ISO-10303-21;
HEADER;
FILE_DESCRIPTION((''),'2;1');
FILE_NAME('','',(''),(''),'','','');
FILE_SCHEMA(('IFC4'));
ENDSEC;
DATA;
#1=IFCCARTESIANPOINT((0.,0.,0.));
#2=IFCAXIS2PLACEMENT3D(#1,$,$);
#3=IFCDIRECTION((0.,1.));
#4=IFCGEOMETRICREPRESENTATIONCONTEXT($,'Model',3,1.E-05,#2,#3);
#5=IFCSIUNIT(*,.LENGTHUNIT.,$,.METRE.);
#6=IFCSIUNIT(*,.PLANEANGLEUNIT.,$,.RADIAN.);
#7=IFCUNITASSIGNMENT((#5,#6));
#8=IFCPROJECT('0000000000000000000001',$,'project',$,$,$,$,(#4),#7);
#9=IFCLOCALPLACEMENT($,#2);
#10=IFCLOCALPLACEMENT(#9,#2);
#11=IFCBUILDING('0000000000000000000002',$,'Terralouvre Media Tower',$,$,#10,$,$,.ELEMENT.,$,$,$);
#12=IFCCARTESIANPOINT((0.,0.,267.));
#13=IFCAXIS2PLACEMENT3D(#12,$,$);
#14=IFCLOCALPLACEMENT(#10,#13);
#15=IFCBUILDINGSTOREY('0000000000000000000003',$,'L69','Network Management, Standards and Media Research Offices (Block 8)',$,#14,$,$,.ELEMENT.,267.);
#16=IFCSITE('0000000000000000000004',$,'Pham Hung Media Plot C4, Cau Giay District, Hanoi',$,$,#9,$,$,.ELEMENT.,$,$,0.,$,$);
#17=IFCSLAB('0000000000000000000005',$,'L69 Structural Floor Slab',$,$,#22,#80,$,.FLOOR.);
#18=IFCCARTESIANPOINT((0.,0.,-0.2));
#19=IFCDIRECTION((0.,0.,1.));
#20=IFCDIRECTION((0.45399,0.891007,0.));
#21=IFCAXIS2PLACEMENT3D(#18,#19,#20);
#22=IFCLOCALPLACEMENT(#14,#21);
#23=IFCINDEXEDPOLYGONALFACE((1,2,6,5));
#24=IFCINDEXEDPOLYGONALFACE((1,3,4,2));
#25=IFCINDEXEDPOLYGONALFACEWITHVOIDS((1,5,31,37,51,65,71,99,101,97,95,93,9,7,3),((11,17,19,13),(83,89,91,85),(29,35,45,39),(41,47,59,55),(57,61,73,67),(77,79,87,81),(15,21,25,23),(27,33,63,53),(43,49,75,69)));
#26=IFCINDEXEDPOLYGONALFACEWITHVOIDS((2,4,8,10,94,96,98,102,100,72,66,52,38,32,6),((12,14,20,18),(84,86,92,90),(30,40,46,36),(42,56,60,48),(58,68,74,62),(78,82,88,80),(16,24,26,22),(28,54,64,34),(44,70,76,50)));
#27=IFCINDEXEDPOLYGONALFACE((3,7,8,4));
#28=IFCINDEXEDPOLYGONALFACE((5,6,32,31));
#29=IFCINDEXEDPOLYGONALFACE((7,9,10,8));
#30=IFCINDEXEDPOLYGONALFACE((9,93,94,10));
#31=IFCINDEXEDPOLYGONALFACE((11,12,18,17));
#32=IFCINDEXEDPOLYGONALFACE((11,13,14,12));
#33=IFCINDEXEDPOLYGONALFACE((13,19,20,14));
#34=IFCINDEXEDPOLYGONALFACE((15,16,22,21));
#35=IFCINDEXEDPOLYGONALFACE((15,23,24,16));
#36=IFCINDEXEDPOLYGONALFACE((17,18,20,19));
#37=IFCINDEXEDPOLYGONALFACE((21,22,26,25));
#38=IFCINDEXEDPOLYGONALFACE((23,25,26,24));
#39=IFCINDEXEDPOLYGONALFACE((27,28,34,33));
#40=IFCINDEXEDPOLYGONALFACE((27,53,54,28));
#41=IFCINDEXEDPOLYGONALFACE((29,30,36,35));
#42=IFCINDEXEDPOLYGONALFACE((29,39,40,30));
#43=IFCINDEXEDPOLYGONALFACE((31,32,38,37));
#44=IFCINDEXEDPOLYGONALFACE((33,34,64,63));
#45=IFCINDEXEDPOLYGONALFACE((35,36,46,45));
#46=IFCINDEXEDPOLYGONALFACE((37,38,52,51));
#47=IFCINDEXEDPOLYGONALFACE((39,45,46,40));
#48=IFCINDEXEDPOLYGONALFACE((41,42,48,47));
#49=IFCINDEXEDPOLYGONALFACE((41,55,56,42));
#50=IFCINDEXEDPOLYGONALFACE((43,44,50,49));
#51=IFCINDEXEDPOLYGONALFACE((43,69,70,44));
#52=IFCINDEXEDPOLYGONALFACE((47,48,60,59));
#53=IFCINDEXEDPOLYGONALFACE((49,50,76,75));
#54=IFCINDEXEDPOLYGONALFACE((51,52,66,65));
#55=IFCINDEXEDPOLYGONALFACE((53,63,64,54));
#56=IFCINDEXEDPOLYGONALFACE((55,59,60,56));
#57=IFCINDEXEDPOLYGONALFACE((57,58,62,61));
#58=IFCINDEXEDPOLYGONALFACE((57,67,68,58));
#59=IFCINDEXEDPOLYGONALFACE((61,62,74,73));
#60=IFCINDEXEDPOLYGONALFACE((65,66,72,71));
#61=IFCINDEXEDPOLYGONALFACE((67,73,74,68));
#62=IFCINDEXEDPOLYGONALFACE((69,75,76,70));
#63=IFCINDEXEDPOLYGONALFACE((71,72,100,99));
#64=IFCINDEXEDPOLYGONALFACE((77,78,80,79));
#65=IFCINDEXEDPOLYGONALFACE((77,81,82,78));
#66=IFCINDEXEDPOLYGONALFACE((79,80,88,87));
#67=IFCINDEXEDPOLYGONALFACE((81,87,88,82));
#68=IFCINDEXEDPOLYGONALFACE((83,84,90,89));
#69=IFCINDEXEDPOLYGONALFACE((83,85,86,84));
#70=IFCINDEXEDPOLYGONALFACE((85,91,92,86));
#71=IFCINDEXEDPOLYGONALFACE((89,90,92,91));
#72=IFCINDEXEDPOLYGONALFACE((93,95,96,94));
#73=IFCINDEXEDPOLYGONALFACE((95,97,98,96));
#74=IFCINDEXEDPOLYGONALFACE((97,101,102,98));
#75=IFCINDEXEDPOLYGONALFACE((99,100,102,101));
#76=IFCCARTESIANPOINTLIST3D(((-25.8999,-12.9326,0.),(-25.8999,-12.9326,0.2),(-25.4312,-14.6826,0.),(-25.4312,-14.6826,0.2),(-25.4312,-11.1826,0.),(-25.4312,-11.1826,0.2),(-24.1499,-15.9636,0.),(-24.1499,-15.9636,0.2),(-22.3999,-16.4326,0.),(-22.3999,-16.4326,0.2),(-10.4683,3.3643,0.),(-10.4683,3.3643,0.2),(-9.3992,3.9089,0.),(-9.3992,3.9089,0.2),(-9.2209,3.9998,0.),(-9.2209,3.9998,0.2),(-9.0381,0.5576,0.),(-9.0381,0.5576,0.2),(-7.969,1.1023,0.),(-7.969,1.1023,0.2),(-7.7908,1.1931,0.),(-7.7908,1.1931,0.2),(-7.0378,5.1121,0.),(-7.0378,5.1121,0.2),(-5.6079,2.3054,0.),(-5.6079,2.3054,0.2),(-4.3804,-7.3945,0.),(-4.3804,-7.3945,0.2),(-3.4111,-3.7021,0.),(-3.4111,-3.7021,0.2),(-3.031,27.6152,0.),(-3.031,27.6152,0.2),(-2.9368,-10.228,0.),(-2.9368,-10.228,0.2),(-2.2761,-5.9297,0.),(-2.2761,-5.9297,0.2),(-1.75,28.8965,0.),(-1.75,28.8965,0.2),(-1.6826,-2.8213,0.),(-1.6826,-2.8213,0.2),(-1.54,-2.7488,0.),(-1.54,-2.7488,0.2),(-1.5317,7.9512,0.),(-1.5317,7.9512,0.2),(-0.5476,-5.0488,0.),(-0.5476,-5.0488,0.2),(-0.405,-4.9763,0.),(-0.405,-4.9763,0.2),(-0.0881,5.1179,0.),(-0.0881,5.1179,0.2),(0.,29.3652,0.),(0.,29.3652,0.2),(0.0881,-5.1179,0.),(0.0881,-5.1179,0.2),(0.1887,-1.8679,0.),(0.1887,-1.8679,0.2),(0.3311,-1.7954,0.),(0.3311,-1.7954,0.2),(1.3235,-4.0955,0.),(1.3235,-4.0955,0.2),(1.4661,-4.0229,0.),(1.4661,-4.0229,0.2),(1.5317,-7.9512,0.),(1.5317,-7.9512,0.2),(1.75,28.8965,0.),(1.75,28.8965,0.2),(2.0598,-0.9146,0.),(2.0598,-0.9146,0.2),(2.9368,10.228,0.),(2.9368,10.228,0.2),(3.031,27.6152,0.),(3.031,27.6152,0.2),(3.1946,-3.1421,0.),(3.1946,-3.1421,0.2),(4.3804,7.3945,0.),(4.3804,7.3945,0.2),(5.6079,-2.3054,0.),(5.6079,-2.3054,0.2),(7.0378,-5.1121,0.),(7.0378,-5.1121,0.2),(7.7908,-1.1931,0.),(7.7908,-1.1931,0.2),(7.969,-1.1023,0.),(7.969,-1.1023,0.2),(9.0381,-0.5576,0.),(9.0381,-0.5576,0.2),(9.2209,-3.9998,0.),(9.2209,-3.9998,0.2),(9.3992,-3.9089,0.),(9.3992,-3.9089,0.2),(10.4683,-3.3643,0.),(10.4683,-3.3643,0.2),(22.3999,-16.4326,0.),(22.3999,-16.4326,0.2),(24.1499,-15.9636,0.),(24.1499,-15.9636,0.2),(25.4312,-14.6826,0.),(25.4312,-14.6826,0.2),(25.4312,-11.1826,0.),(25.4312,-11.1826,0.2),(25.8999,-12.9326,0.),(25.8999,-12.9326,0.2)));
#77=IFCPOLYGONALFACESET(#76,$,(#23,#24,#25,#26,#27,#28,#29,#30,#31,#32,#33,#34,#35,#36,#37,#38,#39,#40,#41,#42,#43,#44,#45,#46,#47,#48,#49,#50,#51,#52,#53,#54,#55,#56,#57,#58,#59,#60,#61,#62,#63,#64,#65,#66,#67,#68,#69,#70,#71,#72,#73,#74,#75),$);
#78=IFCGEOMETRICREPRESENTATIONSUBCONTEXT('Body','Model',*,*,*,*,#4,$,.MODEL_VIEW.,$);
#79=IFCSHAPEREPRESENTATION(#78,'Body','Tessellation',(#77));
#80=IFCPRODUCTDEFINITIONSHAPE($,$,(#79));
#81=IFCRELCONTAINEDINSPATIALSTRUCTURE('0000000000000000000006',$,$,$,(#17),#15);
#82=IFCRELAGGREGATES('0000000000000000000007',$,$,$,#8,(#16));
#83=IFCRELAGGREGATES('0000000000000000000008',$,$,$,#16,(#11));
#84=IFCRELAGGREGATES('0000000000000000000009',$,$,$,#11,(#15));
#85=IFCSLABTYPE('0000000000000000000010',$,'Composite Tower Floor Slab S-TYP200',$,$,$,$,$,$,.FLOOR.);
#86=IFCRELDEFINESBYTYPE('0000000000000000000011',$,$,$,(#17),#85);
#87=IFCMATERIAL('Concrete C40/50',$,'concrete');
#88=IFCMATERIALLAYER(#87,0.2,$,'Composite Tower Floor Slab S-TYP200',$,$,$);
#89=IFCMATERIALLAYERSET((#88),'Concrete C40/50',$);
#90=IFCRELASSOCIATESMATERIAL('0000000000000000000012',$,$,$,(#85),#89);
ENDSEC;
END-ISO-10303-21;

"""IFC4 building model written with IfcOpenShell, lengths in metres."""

from ifc_helpers import new_model, si_unit, direction, frame, origin, place, context, subcontext, project, spatial, polyline, outline, extrude, material, layer, layer_set, type_object, element, save


model = new_model("IFC4")

# Units and contexts
model_context = context("Model", 3, precision=1e-05, world=origin(), true_north=direction((0.0, 1.0)))
body_context = subcontext(model_context, "Body", "Model", "MODEL_VIEW")
ifc_project = project(units=[si_unit("LENGTHUNIT", "METRE"), si_unit("PLANEANGLEUNIT", "RADIAN")], contexts=[model_context])

# Site, building, storey
site_placement = place(None, origin())
site = spatial("IfcSite", under=ifc_project, at=site_placement, Name="Pham Hung Media Plot C4, Cau Giay District, Hanoi", CompositionType="ELEMENT", RefElevation=0.0)
building_placement = place(site_placement, origin())
building = spatial("IfcBuilding", under=site, at=building_placement, Name="Terralouvre Media Tower", CompositionType="ELEMENT")
storey_placement = place(building_placement, frame((0.0, 0.0, 267.0)))
storey = spatial("IfcBuildingStorey", under=building, at=storey_placement, Name="L69", Description="Network Management, Standards and Media Research Offices (Block 8)", CompositionType="ELEMENT", Elevation=267.0)

# Slab
ifc_material_1 = material(Name="Concrete C40/50", Category="concrete")
ifc_layer_1 = layer(ifc_material_1, 0.2, Name="Composite Tower Floor Slab S-TYP200")
ifc_layer_set_1 = layer_set([ifc_layer_1], Name="Concrete C40/50")
slab_type = type_object("IfcSlabType", Name="Composite Tower Floor Slab S-TYP200", PredefinedType="FLOOR", material=ifc_layer_set_1)
slab_placement = place(storey_placement, frame((0.0, 0.0, -0.2), z_axis=(0.0, 0.0, 1.0), x_axis=(0.45399, 0.891007, 0.0)))
element("IfcSlab", 1, at=slab_placement, inside=storey, type_object=slab_type, Name="L69 Structural Floor Slab", PredefinedType="FLOOR", context=body_context, shape_type="SweptSolid", body=[
    extrude(outline(polyline([(-25.4312, -11.1826), (-25.8999, -12.9326), (-25.4312, -14.6826), (-24.1499, -15.9636), (-22.3999, -16.4326), (22.3999, -16.4326), (24.1499, -15.9636), (25.4312, -14.6826), (25.8999, -12.9326), (25.4312, -11.1826), (3.031, 27.6152), (1.75, 28.8965), (0.0, 29.3652), (-1.75, 28.8965), (-3.031, 27.6152), (-25.4312, -11.1826)]), holes=[polyline([(-7.969, 1.1023), (-9.0381, 0.5576), (-10.4683, 3.3643), (-9.3992, 3.9089), (-7.969, 1.1023)]), polyline([(-5.6079, 2.3054), (-7.7908, 1.1931), (-9.2209, 3.9998), (-7.0378, 5.1121), (-5.6079, 2.3054)]), polyline([(-4.3804, -7.3945), (0.0881, -5.1179), (1.5317, -7.9512), (-2.9368, -10.228), (-4.3804, -7.3945)]), polyline([(-0.5476, -5.0488), (-2.2761, -5.9297), (-3.4111, -3.7021), (-1.6826, -2.8213), (-0.5476, -5.0488)]), polyline([(1.3235, -4.0955), (-0.405, -4.9763), (-1.54, -2.7488), (0.1887, -1.8679), (1.3235, -4.0955)]), polyline([(3.1946, -3.1421), (1.4661, -4.0229), (0.3311, -1.7954), (2.0598, -0.9146), (3.1946, -3.1421)]), polyline([(4.3804, 7.3945), (-0.0881, 5.1179), (-1.5317, 7.9512), (2.9368, 10.228), (4.3804, 7.3945)]), polyline([(7.0378, -5.1121), (5.6079, -2.3054), (7.7908, -1.1931), (9.2209, -3.9998), (7.0378, -5.1121)]), polyline([(9.3992, -3.9089), (7.969, -1.1023), (9.0381, -0.5576), (10.4683, -3.3643), (9.3992, -3.9089)])]), origin(), (0.0, 0.0, 1.0), 0.2),
])

save(model, "model.ifc")
